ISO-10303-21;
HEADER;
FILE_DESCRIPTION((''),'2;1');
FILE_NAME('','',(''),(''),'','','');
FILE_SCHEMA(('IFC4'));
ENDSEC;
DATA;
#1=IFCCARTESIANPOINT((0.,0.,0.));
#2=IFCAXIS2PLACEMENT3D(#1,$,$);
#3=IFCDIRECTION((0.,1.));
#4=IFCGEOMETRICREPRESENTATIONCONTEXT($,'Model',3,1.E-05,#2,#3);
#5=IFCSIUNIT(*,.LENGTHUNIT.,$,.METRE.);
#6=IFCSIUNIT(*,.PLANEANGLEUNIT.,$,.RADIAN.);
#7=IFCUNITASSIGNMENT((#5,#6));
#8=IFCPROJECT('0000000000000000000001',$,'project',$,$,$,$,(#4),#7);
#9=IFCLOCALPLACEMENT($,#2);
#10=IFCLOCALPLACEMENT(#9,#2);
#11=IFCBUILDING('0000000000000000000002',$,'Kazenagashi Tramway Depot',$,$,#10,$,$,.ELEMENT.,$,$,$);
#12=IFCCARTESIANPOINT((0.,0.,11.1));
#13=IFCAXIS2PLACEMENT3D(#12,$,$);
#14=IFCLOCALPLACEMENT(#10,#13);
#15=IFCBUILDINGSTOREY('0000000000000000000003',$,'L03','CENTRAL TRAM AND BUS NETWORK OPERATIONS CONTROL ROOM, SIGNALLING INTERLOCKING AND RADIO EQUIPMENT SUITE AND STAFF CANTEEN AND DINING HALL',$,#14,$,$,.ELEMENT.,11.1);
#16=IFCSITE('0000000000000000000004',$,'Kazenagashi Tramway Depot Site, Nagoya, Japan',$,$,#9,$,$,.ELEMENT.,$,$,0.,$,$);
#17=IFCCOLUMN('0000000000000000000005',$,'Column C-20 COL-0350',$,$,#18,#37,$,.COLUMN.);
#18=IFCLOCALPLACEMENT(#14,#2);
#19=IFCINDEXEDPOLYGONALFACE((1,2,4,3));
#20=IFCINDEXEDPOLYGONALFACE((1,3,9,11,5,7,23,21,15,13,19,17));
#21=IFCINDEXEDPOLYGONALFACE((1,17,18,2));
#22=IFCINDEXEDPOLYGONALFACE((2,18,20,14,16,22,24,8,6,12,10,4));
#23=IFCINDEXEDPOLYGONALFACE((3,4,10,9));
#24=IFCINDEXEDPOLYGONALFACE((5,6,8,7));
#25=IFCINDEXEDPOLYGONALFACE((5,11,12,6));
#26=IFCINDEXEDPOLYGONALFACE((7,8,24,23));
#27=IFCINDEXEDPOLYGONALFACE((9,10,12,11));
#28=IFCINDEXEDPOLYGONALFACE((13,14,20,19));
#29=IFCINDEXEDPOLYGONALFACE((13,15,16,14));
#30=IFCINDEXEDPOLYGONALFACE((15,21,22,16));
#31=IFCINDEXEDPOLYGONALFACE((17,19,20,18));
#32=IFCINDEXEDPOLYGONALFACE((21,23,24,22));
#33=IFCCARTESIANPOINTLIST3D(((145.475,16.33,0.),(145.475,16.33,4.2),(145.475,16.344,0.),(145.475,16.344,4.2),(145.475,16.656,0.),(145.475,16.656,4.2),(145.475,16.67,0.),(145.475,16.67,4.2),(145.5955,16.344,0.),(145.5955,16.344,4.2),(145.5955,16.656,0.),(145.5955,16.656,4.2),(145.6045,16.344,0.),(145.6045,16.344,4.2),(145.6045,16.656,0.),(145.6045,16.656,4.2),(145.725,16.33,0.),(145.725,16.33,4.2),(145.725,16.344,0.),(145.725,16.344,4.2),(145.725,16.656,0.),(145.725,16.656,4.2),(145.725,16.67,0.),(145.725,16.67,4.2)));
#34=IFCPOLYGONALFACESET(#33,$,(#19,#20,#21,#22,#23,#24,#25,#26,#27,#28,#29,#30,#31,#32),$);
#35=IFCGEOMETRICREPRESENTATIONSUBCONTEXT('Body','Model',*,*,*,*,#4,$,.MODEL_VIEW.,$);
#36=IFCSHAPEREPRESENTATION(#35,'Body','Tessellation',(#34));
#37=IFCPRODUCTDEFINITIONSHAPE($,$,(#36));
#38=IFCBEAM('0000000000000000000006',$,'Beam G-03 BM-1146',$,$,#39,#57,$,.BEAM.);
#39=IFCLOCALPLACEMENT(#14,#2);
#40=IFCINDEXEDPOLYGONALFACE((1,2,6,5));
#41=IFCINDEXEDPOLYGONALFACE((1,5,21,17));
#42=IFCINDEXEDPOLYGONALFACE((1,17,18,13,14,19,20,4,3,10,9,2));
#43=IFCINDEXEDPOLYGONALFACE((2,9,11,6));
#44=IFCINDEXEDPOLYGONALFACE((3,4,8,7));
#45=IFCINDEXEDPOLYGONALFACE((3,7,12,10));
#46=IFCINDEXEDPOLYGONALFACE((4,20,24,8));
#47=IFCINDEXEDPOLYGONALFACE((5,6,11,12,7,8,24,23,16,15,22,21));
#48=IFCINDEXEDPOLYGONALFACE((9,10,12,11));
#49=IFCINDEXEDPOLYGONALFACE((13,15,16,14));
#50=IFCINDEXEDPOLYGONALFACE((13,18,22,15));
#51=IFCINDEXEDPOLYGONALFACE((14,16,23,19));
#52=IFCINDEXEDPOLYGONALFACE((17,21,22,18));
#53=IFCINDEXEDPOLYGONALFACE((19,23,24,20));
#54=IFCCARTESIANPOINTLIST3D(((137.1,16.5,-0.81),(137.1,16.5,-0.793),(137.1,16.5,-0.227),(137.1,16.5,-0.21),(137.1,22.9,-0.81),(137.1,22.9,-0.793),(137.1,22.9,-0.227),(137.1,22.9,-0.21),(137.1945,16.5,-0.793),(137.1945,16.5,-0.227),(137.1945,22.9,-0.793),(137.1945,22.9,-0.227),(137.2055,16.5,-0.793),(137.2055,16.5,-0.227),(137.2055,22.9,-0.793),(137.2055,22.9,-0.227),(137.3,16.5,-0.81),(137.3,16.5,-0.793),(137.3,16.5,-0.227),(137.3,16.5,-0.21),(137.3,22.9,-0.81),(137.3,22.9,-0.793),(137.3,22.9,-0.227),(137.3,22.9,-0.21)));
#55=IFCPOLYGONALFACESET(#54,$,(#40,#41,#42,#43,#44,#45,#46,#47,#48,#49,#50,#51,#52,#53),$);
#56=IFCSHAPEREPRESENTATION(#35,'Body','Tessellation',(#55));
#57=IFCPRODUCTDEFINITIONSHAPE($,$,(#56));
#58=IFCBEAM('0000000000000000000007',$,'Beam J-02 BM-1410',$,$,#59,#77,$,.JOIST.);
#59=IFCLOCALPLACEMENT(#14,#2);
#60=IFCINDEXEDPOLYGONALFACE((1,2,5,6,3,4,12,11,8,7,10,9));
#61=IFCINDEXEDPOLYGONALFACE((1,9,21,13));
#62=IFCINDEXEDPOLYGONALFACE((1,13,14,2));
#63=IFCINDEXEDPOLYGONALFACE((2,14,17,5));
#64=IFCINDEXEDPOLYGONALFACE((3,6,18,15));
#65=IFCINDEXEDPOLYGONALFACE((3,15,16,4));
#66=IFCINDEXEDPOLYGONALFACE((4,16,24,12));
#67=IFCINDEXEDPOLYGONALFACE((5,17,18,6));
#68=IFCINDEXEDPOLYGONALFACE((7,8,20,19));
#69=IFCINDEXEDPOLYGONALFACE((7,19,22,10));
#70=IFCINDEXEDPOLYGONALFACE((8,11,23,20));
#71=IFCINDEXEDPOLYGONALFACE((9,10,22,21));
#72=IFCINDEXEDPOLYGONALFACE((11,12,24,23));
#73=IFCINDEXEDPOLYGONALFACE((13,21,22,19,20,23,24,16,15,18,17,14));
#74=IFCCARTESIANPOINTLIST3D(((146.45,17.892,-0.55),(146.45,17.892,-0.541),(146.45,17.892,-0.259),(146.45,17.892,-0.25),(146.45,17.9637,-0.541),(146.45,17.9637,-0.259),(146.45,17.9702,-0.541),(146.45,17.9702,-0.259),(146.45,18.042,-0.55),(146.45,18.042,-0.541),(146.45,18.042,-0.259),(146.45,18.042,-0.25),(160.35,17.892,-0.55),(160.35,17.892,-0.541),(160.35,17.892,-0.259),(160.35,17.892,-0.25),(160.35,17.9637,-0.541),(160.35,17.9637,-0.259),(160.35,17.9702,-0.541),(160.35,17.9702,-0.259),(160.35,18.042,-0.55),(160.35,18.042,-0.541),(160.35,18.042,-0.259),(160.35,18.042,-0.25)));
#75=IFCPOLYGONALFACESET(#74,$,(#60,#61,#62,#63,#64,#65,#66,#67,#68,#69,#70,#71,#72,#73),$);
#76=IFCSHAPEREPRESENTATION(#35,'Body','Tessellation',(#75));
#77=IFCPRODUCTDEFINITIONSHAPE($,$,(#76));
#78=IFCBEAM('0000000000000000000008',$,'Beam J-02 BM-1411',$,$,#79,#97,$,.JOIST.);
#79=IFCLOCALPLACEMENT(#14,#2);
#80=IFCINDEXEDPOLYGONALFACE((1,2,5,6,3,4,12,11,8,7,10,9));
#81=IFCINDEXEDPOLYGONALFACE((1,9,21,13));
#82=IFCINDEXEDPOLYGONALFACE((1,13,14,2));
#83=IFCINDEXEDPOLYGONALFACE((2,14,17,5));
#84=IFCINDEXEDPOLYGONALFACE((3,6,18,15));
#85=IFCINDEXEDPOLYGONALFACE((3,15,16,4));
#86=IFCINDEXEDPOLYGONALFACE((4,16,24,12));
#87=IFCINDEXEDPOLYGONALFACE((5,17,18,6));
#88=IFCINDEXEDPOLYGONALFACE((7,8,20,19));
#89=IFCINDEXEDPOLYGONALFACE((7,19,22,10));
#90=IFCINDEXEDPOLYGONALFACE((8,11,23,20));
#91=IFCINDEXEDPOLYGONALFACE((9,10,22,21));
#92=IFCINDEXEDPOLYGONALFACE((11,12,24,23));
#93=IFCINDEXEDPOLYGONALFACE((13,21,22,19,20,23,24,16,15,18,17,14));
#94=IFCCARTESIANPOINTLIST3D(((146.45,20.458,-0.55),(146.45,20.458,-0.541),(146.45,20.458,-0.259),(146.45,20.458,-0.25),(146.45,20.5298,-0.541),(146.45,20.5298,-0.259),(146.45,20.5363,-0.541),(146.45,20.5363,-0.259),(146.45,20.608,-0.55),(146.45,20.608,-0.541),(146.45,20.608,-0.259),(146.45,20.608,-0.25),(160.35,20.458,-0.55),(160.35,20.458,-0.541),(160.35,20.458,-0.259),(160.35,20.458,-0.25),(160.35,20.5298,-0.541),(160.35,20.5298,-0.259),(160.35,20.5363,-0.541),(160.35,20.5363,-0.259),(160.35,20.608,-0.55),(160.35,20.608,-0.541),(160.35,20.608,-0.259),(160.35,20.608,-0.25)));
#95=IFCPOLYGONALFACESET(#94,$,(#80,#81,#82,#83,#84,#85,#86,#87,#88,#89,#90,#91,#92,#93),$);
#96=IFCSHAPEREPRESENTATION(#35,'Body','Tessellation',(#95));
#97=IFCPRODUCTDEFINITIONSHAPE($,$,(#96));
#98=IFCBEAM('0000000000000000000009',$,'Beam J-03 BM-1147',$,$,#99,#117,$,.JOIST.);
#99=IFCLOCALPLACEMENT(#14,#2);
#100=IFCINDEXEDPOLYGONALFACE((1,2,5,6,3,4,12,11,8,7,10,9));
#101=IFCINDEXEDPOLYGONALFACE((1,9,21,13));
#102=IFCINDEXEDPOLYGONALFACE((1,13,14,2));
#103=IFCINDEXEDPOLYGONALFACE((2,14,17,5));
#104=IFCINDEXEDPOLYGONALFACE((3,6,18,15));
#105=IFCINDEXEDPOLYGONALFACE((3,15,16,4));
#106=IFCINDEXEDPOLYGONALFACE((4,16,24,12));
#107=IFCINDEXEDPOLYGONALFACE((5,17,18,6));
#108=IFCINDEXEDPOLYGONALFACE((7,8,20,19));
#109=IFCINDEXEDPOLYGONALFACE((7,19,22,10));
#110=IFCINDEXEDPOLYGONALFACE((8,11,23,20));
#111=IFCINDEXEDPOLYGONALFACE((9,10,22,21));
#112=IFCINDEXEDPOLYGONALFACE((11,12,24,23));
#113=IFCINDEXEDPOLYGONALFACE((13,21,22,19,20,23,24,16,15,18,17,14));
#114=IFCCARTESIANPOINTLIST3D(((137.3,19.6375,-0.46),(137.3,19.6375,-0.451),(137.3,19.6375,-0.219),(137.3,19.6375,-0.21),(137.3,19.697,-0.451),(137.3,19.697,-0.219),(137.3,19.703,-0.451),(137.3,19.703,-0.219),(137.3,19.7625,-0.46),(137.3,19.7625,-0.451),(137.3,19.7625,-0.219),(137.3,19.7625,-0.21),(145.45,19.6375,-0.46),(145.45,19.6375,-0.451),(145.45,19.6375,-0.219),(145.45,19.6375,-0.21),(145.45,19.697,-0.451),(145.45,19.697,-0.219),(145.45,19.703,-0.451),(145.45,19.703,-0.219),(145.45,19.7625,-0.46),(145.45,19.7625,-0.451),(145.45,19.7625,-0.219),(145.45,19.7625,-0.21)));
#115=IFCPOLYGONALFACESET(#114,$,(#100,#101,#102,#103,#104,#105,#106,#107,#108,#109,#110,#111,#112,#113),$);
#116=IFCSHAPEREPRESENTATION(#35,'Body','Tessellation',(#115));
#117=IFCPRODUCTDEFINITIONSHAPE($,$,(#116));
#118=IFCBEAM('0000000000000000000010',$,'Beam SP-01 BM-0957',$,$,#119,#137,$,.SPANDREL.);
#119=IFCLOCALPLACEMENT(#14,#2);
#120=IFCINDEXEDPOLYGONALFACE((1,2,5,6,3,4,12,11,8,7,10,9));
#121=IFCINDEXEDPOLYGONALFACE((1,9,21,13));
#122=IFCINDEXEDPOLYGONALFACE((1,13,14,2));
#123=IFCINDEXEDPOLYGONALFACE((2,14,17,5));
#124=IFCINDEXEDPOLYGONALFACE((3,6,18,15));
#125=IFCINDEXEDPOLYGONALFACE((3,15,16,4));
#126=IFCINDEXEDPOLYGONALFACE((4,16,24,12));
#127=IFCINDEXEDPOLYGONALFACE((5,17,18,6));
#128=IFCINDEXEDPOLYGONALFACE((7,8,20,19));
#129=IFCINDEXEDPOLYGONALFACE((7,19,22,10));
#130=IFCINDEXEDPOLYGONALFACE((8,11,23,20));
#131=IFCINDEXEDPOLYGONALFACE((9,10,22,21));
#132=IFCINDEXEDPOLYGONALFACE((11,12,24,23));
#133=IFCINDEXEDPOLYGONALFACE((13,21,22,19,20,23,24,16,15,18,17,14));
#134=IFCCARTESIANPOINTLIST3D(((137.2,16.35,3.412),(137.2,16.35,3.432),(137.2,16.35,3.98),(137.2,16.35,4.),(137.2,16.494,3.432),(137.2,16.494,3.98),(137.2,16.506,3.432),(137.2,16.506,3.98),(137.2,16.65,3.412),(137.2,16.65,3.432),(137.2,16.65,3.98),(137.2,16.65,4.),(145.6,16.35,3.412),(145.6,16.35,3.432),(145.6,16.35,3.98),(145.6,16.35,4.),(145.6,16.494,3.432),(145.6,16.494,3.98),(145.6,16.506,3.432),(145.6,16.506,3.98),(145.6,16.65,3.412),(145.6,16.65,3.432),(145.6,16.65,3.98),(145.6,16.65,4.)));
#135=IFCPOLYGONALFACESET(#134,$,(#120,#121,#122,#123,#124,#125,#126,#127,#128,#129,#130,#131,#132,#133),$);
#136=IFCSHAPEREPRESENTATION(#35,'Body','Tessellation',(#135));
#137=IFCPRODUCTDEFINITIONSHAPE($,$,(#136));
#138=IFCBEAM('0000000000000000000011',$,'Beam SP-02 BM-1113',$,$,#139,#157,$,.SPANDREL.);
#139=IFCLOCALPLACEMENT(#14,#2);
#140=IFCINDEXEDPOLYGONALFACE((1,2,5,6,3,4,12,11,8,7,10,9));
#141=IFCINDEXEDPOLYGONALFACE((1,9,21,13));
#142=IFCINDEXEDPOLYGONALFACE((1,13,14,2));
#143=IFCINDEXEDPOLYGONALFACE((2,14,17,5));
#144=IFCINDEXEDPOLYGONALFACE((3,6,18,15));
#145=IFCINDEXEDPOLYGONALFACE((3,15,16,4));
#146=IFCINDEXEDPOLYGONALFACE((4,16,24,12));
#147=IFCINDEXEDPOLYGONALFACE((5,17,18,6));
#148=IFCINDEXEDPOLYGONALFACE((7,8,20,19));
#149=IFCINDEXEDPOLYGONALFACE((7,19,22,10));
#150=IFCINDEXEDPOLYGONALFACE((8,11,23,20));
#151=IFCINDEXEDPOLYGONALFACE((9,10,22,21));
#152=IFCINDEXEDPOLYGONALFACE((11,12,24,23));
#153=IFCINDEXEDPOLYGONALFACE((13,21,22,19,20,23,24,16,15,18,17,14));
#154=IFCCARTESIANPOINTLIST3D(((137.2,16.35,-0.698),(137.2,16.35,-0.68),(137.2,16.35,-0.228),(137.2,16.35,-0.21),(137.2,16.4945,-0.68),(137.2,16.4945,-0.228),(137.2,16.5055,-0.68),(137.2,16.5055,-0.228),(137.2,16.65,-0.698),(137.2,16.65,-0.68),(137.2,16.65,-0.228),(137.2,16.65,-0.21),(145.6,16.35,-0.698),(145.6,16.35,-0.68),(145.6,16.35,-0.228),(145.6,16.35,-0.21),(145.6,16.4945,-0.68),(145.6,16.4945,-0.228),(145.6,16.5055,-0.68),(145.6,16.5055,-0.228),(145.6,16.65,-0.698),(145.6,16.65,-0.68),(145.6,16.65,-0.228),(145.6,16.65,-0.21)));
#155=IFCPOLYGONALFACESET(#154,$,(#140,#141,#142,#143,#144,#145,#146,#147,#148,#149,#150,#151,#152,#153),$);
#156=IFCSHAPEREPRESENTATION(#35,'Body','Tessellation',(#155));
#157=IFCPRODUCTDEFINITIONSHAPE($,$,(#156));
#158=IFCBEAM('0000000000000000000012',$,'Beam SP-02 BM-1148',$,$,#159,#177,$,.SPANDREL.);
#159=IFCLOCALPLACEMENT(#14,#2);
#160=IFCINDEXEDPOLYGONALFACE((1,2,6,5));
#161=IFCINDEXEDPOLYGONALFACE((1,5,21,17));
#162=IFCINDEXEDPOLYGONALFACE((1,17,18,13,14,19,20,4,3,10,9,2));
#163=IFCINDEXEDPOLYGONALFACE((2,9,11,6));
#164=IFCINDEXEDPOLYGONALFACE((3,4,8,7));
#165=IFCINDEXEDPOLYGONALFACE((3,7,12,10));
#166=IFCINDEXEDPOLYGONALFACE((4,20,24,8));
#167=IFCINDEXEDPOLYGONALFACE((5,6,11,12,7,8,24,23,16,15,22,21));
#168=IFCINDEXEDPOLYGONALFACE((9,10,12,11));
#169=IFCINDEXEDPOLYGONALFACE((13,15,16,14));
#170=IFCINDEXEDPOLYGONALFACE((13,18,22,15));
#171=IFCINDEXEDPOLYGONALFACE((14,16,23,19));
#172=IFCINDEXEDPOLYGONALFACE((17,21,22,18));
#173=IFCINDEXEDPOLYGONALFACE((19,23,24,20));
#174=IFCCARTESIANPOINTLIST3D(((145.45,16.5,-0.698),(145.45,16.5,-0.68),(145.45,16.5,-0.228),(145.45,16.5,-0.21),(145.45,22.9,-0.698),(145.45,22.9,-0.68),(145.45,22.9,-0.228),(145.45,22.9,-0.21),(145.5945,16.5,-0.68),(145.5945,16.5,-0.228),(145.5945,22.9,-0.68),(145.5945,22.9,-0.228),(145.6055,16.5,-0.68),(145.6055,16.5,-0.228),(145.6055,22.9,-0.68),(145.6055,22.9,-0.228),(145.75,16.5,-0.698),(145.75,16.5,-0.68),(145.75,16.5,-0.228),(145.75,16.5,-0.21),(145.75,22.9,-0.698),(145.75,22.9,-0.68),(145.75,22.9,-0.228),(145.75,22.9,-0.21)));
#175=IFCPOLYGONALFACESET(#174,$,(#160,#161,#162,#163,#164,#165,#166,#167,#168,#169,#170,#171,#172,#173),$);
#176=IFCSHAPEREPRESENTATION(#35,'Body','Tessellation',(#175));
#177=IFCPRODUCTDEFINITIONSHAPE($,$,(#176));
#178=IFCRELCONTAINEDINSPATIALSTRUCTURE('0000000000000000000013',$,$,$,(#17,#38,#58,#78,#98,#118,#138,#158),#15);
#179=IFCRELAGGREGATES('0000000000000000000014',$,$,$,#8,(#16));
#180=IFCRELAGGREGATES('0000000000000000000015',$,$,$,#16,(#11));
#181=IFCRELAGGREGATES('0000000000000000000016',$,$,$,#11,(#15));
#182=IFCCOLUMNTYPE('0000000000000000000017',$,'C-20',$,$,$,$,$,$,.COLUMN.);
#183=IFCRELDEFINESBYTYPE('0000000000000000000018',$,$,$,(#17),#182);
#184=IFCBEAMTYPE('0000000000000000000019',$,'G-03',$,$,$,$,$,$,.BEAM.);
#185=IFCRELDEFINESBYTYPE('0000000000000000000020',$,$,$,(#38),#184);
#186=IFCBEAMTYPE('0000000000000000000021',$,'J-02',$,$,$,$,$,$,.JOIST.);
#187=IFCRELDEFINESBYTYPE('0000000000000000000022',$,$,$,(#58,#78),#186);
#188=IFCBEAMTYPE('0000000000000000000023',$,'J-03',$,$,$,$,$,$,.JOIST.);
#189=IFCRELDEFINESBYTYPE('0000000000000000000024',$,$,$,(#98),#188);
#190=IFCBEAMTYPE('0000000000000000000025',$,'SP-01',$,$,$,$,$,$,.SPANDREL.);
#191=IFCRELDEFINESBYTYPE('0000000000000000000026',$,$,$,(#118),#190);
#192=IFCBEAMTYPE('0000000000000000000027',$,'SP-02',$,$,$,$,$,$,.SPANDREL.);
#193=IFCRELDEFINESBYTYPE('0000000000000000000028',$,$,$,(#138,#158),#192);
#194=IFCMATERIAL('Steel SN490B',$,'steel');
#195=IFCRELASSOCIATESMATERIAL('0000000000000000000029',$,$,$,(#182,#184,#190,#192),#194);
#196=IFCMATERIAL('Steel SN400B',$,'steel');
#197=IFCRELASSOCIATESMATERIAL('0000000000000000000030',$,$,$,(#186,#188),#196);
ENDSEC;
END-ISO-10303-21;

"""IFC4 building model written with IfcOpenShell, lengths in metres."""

from ifc_helpers import new_model, si_unit, direction, frame, origin, origin_2d, place, context, subcontext, project, spatial, i_section, extrude, material, material_profile, profile_set, type_object, element, save


model = new_model("IFC4")

# Units and contexts
model_context = context("Model", 3, precision=1e-05, world=origin(), true_north=direction((0.0, 1.0)))
body_context = subcontext(model_context, "Body", "Model", "MODEL_VIEW")
ifc_project = project(units=[si_unit("LENGTHUNIT", "METRE"), si_unit("PLANEANGLEUNIT", "RADIAN")], contexts=[model_context])

# Site, building, storey
site_placement = place(None, origin())
site = spatial("IfcSite", under=ifc_project, at=site_placement, Name="Kazenagashi Tramway Depot Site, Nagoya, Japan", CompositionType="ELEMENT", RefElevation=0.0)
building_placement = place(site_placement, origin())
building = spatial("IfcBuilding", under=site, at=building_placement, Name="Kazenagashi Tramway Depot", CompositionType="ELEMENT")
storey_placement = place(building_placement, frame((0.0, 0.0, 11.1)))
storey = spatial("IfcBuildingStorey", under=building, at=storey_placement, Name="L03", Description="CENTRAL TRAM AND BUS NETWORK OPERATIONS CONTROL ROOM, SIGNALLING INTERLOCKING AND RADIO EQUIPMENT SUITE AND STAFF CANTEEN AND DINING HALL", CompositionType="ELEMENT", Elevation=11.1)

# Column
ifc_material_1 = material(Name="Steel SN490B", Category="steel")
ifc_material_profile_1 = material_profile(ifc_material_1, i_section(OverallWidth=0.25, OverallDepth=0.34, WebThickness=0.009, FlangeThickness=0.014, at=origin_2d()), Name="H-340x250x9x14")
ifc_profile_set_1 = profile_set([ifc_material_profile_1], Name="Steel SN490B")
column_type = type_object("IfcColumnType", Name="C-20", PredefinedType="COLUMN", material=ifc_profile_set_1)
column_placement = place(storey_placement, frame((145.6, 16.5, 0.0), z_axis=(0.0, 0.0, 1.0), x_axis=(1.0, 0.0, 0.0)))
element("IfcColumn", 1, at=column_placement, inside=storey, type_object=column_type, Name="Column C-20 COL-0350", PredefinedType="COLUMN", context=body_context, shape_type="SweptSolid", body=[
    extrude(i_section(OverallWidth=0.25, OverallDepth=0.34, WebThickness=0.009, FlangeThickness=0.014, at=origin_2d()), origin(), (0.0, 0.0, 1.0), 4.2),
])

# Beams
ifc_material_profile_2 = material_profile(ifc_material_1, i_section(OverallWidth=0.2, OverallDepth=0.6, WebThickness=0.011, FlangeThickness=0.017, at=origin_2d()), Name="H-600x200x11x17")
ifc_profile_set_2 = profile_set([ifc_material_profile_2], Name="Steel SN490B")
beam_type_1 = type_object("IfcBeamType", Name="G-03", PredefinedType="BEAM", material=ifc_profile_set_2)
beam_1_placement = place(storey_placement, frame((137.2, 16.5, -0.51), z_axis=(0.0, 1.0, 0.0), x_axis=(-1.0, 0.0, 0.0)))
element("IfcBeam", 2, at=beam_1_placement, inside=storey, type_object=beam_type_1, Name="Beam G-03 BM-1146", PredefinedType="BEAM", context=body_context, shape_type="SweptSolid", body=[
    extrude(i_section(OverallWidth=0.2, OverallDepth=0.6, WebThickness=0.011, FlangeThickness=0.017, at=origin_2d()), origin(), (0.0, 0.0, 1.0), 6.4),
])
ifc_material_2 = material(Name="Steel SN400B", Category="steel")
ifc_material_profile_3 = material_profile(ifc_material_2, i_section(OverallWidth=0.15, OverallDepth=0.3, WebThickness=0.0065, FlangeThickness=0.009, at=origin_2d()), Name="H-300x150x6.5x9")
ifc_profile_set_3 = profile_set([ifc_material_profile_3], Name="Steel SN400B")
beam_type_2 = type_object("IfcBeamType", Name="J-02", PredefinedType="JOIST", material=ifc_profile_set_3)
for number, where, z_axis, x_axis, name in (
    (3, (146.45, 17.967, -0.4), (1.0, 0.0, 0.0), (0.0, 1.0, 0.0), "Beam J-02 BM-1410"),
    (4, (146.45, 20.533, -0.4), (1.0, 0.0, 0.0), (0.0, 1.0, 0.0), "Beam J-02 BM-1411"),
):
    element("IfcBeam", number, at=place(storey_placement, frame(where, z_axis=z_axis, x_axis=x_axis)), inside=storey, type_object=beam_type_2, Name=name, PredefinedType="JOIST", context=body_context, shape_type="SweptSolid", body=[
        extrude(i_section(OverallWidth=0.15, OverallDepth=0.3, WebThickness=0.0065, FlangeThickness=0.009, at=origin_2d()), origin(), (0.0, 0.0, 1.0), 13.9),
    ])
ifc_material_profile_4 = material_profile(ifc_material_2, i_section(OverallWidth=0.125, OverallDepth=0.25, WebThickness=0.006, FlangeThickness=0.009, at=origin_2d()), Name="H-250x125x6x9")
ifc_profile_set_4 = profile_set([ifc_material_profile_4], Name="Steel SN400B")
beam_type_3 = type_object("IfcBeamType", Name="J-03", PredefinedType="JOIST", material=ifc_profile_set_4)
beam_2_placement = place(storey_placement, frame((137.3, 19.7, -0.335), z_axis=(1.0, 0.0, 0.0), x_axis=(0.0, 1.0, 0.0)))
element("IfcBeam", 5, at=beam_2_placement, inside=storey, type_object=beam_type_3, Name="Beam J-03 BM-1147", PredefinedType="JOIST", context=body_context, shape_type="SweptSolid", body=[
    extrude(i_section(OverallWidth=0.125, OverallDepth=0.25, WebThickness=0.006, FlangeThickness=0.009, at=origin_2d()), origin(), (0.0, 0.0, 1.0), 8.15),
])
ifc_material_profile_5 = material_profile(ifc_material_1, i_section(OverallWidth=0.3, OverallDepth=0.588, WebThickness=0.012, FlangeThickness=0.02, at=origin_2d()), Name="H-588x300x12x20")
ifc_profile_set_5 = profile_set([ifc_material_profile_5], Name="Steel SN490B")
beam_type_4 = type_object("IfcBeamType", Name="SP-01", PredefinedType="SPANDREL", material=ifc_profile_set_5)
beam_3_placement = place(storey_placement, frame((137.2, 16.5, 3.706), z_axis=(1.0, 0.0, 0.0), x_axis=(0.0, 1.0, 0.0)))
element("IfcBeam", 6, at=beam_3_placement, inside=storey, type_object=beam_type_4, Name="Beam SP-01 BM-0957", PredefinedType="SPANDREL", context=body_context, shape_type="SweptSolid", body=[
    extrude(i_section(OverallWidth=0.3, OverallDepth=0.588, WebThickness=0.012, FlangeThickness=0.02, at=origin_2d()), origin(), (0.0, 0.0, 1.0), 8.4),
])
ifc_material_profile_6 = material_profile(ifc_material_1, i_section(OverallWidth=0.3, OverallDepth=0.488, WebThickness=0.011, FlangeThickness=0.018, at=origin_2d()), Name="H-488x300x11x18")
ifc_profile_set_6 = profile_set([ifc_material_profile_6], Name="Steel SN490B")
beam_type_5 = type_object("IfcBeamType", Name="SP-02", PredefinedType="SPANDREL", material=ifc_profile_set_6)
beam_4_placement = place(storey_placement, frame((137.2, 16.5, -0.454), z_axis=(1.0, 0.0, 0.0), x_axis=(0.0, 1.0, 0.0)))
element("IfcBeam", 7, at=beam_4_placement, inside=storey, type_object=beam_type_5, Name="Beam SP-02 BM-1113", PredefinedType="SPANDREL", context=body_context, shape_type="SweptSolid", body=[
    extrude(i_section(OverallWidth=0.3, OverallDepth=0.488, WebThickness=0.011, FlangeThickness=0.018, at=origin_2d()), origin(), (0.0, 0.0, 1.0), 8.4),
])
beam_5_placement = place(storey_placement, frame((145.6, 16.5, -0.454), z_axis=(0.0, 1.0, 0.0), x_axis=(-1.0, 0.0, 0.0)))
element("IfcBeam", 8, at=beam_5_placement, inside=storey, type_object=beam_type_5, Name="Beam SP-02 BM-1148", PredefinedType="SPANDREL", context=body_context, shape_type="SweptSolid", body=[
    extrude(i_section(OverallWidth=0.3, OverallDepth=0.488, WebThickness=0.011, FlangeThickness=0.018, at=origin_2d()), origin(), (0.0, 0.0, 1.0), 6.4),
])

save(model, "model.ifc")
